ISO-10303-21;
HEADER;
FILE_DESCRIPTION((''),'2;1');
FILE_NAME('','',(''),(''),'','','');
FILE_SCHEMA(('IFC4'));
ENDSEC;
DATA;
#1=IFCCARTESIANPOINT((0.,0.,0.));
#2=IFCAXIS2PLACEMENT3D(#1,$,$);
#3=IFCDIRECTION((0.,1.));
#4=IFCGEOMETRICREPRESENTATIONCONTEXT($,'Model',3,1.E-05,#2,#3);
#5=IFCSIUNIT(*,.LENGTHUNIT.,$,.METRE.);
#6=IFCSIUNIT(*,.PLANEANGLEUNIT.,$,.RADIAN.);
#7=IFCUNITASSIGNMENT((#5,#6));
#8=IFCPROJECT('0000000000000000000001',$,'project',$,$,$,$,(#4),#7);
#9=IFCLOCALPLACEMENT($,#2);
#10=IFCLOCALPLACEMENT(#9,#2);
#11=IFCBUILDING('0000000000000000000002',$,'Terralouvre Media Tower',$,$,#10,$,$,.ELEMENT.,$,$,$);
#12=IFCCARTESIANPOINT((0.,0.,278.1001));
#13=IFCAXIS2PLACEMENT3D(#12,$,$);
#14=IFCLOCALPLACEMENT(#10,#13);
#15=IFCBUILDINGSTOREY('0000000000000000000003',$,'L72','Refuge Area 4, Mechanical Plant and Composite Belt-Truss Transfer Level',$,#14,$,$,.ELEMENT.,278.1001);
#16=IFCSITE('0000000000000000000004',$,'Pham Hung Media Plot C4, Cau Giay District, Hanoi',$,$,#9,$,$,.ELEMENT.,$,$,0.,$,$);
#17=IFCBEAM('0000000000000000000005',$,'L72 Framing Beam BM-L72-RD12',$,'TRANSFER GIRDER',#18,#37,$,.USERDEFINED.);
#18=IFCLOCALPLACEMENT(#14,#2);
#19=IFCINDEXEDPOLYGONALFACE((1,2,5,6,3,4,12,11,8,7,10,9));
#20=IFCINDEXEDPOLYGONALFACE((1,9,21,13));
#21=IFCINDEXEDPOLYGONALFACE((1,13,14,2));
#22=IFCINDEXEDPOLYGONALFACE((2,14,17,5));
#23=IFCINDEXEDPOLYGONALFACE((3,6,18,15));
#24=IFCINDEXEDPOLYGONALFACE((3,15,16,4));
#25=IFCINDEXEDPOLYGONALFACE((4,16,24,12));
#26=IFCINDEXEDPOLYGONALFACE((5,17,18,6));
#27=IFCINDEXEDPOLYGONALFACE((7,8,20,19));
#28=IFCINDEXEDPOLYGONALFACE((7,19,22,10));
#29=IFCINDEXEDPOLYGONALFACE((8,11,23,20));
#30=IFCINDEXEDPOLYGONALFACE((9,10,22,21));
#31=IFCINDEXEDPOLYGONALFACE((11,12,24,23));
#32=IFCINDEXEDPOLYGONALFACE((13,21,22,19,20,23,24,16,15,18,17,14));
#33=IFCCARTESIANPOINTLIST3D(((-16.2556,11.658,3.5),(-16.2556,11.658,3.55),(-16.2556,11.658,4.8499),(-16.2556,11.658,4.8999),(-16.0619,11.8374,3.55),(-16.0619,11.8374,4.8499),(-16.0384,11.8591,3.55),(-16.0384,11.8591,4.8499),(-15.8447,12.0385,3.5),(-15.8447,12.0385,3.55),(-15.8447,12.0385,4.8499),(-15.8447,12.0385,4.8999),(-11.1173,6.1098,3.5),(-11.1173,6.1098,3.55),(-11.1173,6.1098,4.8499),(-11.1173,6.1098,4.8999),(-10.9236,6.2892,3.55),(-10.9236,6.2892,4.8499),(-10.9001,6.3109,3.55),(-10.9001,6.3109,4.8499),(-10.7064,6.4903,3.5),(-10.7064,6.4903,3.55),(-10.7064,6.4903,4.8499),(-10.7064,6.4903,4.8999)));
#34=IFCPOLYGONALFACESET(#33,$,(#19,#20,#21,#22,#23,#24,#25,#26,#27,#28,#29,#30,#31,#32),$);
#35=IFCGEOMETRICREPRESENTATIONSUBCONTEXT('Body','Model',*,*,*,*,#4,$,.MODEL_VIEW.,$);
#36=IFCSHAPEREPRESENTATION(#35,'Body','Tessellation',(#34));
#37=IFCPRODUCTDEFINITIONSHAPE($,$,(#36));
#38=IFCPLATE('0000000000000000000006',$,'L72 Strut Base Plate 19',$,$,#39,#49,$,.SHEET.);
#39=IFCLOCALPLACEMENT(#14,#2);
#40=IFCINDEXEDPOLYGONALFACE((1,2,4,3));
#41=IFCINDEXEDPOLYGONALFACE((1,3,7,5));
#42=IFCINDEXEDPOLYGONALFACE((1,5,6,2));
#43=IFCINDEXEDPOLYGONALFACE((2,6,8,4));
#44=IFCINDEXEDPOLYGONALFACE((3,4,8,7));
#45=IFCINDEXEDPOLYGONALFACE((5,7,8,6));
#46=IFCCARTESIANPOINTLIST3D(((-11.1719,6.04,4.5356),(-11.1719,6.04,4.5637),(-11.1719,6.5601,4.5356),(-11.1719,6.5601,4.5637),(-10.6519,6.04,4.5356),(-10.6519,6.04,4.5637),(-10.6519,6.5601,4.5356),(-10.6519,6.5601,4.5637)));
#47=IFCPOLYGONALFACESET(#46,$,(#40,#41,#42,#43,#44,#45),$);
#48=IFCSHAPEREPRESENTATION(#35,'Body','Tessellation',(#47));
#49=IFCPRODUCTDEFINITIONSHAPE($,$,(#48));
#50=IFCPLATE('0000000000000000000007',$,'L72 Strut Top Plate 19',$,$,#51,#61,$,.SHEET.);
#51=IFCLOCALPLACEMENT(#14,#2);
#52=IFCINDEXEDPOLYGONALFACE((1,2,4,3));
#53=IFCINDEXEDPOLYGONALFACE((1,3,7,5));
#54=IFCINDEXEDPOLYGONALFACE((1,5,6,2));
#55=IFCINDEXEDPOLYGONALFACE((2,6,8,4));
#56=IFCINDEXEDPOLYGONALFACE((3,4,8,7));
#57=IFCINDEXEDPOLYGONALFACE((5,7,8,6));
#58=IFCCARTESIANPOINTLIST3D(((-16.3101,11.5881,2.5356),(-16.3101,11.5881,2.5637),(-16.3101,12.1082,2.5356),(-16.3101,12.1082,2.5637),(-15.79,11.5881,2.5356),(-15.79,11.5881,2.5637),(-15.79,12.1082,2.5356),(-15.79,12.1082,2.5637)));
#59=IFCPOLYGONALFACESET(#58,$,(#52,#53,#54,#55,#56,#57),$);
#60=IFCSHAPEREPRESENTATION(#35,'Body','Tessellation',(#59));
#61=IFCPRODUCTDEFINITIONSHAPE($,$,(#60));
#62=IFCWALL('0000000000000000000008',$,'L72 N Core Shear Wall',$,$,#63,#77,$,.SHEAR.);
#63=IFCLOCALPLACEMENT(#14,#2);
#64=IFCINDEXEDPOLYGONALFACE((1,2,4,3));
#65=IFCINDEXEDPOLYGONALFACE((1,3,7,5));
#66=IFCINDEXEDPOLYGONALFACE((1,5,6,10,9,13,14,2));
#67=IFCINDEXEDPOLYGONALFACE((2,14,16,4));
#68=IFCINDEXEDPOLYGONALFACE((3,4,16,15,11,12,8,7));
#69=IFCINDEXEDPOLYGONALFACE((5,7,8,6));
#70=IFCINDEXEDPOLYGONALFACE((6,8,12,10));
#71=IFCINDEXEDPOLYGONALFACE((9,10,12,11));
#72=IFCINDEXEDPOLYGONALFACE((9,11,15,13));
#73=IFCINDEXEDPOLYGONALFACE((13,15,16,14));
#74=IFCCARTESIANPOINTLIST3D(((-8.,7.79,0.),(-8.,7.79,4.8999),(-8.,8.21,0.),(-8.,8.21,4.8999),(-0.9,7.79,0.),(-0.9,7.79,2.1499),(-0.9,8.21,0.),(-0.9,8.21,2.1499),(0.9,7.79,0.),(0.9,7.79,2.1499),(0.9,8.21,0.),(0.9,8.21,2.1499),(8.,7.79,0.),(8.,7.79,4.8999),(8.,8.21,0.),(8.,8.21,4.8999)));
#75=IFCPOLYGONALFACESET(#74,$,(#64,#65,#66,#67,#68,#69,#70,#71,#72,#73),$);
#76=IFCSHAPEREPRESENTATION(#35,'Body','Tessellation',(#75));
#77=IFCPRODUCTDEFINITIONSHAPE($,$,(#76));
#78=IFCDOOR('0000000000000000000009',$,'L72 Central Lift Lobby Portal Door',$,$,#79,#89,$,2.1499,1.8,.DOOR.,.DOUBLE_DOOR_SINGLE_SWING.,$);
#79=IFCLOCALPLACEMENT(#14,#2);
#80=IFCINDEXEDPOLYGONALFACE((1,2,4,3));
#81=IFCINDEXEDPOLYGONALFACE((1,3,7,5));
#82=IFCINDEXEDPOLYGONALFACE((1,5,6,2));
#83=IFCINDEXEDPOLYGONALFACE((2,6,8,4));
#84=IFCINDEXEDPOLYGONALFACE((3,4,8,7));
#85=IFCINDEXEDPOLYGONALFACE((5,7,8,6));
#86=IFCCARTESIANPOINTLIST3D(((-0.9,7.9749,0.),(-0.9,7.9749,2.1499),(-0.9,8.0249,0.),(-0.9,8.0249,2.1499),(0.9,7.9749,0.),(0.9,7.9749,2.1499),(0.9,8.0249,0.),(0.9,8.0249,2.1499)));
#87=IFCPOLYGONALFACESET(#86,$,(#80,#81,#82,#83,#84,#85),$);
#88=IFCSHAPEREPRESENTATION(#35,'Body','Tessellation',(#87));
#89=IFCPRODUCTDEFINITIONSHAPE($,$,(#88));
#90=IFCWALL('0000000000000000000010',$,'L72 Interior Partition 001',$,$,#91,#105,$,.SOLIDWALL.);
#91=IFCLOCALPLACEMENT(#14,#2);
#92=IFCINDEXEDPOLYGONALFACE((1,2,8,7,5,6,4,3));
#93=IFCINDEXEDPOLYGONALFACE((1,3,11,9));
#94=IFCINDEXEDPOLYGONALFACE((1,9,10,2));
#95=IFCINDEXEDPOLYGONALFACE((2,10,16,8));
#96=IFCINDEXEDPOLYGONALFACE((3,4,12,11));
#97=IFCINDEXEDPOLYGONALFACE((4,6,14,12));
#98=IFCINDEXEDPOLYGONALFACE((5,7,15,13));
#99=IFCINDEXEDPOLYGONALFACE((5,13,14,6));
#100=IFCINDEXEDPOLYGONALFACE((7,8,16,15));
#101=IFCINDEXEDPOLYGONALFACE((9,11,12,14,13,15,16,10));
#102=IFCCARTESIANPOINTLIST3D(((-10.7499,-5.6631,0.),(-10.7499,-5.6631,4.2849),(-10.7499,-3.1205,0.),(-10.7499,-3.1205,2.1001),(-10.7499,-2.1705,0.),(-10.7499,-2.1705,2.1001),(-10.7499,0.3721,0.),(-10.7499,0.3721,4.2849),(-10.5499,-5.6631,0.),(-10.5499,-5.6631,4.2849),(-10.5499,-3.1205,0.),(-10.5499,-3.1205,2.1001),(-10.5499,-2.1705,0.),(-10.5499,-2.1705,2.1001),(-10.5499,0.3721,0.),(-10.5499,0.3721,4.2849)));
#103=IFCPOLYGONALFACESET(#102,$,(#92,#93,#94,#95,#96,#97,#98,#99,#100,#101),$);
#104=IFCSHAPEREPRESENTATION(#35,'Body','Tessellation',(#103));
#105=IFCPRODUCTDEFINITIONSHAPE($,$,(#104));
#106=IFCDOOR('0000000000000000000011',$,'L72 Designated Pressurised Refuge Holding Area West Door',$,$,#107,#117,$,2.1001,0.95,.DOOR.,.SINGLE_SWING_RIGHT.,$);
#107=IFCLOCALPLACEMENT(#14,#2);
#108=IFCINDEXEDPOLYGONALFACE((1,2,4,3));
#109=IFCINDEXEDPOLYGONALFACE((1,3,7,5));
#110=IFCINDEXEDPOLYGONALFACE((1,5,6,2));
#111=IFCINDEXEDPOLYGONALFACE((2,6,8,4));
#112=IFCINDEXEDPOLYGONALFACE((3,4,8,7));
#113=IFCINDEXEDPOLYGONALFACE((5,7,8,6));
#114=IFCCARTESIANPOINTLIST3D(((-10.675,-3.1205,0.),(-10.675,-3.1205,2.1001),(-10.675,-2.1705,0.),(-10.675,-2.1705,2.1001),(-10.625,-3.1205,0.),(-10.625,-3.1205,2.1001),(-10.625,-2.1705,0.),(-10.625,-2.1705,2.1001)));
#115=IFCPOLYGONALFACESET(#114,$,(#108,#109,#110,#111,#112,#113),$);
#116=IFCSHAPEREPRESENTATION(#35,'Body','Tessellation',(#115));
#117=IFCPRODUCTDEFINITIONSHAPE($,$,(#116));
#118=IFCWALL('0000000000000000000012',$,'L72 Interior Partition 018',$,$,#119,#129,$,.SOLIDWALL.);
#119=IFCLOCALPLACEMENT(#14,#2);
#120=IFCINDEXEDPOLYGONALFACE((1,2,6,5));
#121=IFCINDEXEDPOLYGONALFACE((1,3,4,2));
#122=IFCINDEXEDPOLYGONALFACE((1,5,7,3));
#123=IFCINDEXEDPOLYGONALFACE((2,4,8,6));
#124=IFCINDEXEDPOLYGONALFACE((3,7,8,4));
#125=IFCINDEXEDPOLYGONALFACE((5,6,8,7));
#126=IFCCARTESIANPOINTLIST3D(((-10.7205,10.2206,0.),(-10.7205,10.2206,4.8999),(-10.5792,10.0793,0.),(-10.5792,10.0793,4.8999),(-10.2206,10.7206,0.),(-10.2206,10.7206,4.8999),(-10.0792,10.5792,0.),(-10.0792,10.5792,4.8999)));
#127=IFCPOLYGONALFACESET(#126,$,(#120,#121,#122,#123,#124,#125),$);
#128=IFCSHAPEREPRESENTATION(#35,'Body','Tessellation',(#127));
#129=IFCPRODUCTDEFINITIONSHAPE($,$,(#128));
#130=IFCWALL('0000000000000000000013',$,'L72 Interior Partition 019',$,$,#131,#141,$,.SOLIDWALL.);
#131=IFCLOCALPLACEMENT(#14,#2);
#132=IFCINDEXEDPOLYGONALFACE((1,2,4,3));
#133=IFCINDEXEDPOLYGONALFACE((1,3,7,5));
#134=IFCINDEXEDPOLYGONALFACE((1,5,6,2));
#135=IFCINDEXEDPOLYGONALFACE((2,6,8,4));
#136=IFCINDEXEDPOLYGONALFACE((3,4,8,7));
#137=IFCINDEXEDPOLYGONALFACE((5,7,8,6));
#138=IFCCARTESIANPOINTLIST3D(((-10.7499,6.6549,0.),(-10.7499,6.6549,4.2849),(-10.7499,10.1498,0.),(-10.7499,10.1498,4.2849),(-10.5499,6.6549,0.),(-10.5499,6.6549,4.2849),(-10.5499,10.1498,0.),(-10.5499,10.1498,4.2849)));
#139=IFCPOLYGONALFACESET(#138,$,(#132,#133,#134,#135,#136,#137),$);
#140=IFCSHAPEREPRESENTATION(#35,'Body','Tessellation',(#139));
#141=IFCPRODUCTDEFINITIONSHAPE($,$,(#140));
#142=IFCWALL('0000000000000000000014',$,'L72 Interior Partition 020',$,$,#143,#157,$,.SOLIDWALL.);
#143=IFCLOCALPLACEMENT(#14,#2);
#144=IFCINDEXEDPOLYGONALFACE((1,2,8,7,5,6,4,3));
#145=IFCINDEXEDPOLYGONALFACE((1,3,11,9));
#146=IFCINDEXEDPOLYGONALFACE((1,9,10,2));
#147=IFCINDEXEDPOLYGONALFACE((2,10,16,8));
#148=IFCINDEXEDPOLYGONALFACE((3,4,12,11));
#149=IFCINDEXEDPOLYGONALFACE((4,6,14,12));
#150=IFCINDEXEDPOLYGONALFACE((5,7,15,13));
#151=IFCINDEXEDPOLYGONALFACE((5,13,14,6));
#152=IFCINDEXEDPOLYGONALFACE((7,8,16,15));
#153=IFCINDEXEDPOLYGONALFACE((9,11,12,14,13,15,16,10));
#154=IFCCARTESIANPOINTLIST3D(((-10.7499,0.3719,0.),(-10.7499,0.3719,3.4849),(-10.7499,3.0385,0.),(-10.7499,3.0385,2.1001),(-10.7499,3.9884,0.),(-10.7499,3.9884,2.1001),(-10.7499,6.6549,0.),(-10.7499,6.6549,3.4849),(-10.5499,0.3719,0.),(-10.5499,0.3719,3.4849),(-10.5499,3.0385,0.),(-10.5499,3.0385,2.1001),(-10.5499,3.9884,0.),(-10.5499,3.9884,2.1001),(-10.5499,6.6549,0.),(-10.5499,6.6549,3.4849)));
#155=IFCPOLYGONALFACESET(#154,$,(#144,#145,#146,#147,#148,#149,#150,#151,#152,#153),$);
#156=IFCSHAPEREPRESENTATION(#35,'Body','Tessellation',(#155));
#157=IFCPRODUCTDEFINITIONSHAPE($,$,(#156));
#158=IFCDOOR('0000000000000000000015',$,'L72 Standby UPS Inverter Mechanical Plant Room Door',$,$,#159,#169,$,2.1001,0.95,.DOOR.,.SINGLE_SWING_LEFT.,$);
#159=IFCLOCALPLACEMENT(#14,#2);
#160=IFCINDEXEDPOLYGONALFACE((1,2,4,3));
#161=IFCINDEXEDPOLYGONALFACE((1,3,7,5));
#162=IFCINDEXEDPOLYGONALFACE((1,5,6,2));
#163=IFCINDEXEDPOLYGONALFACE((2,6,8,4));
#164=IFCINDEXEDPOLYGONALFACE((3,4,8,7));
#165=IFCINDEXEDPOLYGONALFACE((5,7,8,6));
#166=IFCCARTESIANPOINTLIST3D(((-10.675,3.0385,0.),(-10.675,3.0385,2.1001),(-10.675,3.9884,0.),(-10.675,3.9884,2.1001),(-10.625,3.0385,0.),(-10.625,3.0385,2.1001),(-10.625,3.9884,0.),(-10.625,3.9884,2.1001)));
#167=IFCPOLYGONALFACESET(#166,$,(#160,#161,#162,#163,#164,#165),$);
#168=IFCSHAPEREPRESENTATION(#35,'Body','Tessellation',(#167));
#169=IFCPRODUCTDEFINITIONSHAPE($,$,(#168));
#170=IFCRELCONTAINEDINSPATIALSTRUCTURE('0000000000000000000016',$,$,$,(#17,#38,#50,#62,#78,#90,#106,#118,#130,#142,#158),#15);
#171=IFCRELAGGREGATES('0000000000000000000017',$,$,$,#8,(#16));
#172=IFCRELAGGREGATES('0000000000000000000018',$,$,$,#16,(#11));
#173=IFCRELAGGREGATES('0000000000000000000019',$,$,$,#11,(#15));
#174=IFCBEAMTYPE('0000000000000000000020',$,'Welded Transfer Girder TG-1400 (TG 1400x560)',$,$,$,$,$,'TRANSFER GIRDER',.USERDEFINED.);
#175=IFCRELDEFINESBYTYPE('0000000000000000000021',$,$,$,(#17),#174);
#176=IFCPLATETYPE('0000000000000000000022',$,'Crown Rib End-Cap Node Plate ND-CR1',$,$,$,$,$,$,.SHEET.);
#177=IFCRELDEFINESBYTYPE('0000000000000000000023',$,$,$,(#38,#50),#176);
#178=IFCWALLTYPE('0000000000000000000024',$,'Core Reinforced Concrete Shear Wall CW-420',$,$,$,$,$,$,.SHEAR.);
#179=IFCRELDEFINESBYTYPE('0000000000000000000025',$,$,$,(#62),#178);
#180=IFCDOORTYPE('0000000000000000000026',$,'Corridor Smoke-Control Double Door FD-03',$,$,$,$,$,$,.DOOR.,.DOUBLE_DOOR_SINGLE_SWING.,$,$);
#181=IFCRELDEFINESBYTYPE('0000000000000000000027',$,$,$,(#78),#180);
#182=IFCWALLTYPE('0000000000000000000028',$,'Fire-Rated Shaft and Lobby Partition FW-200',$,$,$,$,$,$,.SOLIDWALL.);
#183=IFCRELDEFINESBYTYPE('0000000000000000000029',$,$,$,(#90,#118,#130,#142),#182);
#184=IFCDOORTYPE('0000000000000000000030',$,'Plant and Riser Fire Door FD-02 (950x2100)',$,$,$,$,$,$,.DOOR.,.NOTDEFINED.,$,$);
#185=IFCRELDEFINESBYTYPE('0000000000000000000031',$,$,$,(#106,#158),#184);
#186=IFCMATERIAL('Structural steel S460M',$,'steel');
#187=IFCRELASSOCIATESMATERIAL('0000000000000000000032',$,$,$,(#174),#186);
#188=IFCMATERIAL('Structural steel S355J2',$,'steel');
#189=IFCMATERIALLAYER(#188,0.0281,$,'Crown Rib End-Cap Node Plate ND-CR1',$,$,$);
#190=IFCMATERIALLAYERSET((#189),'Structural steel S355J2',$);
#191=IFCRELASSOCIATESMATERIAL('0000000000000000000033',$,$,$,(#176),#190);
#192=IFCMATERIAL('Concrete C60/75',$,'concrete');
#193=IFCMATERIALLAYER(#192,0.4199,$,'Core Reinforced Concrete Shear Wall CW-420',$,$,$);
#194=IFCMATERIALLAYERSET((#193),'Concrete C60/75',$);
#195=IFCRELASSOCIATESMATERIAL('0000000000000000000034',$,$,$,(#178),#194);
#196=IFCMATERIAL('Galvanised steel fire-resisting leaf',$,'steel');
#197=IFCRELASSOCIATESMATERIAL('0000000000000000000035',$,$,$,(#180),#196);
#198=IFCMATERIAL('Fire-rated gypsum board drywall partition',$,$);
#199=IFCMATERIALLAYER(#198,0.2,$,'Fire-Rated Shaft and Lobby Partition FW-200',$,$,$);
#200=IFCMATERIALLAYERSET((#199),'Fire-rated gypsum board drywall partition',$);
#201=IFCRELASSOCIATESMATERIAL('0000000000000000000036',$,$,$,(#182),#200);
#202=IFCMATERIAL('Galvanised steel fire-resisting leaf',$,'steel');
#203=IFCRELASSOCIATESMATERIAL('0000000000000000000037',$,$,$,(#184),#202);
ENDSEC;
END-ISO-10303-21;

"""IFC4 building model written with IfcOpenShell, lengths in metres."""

from ifc_helpers import new_model, si_unit, direction, frame, frame_2d, origin, origin_2d, place, context, subcontext, project, spatial, rectangle, i_section, extrude, material, layer, layer_set, material_profile, profile_set, type_object, element, fill, save


model = new_model("IFC4")

# Units and contexts
model_context = context("Model", 3, precision=1e-05, world=origin(), true_north=direction((0.0, 1.0)))
body_context = subcontext(model_context, "Body", "Model", "MODEL_VIEW")
ifc_project = project(units=[si_unit("LENGTHUNIT", "METRE"), si_unit("PLANEANGLEUNIT", "RADIAN")], contexts=[model_context])

# Site, building, storey
site_placement = place(None, origin())
site = spatial("IfcSite", under=ifc_project, at=site_placement, Name="Pham Hung Media Plot C4, Cau Giay District, Hanoi", CompositionType="ELEMENT", RefElevation=0.0)
building_placement = place(site_placement, origin())
building = spatial("IfcBuilding", under=site, at=building_placement, Name="Terralouvre Media Tower", CompositionType="ELEMENT")
storey_placement = place(building_placement, frame((0.0, 0.0, 278.1001)))
storey = spatial("IfcBuildingStorey", under=building, at=storey_placement, Name="L72", Description="Refuge Area 4, Mechanical Plant and Composite Belt-Truss Transfer Level", CompositionType="ELEMENT", Elevation=278.1001)

# Beam
ifc_material_1 = material(Name="Structural steel S460M", Category="steel")
ifc_material_profile_1 = material_profile(ifc_material_1, i_section(OverallWidth=0.5601, OverallDepth=1.3999, WebThickness=0.032, FlangeThickness=0.05, at=origin_2d()), Name="TG 1400x560")
ifc_profile_set_1 = profile_set([ifc_material_profile_1], Name="Structural steel S460M")
beam_type_1 = type_object("IfcBeamType", Name="Welded Transfer Girder TG-1400 (TG 1400x560)", ElementType="TRANSFER GIRDER", PredefinedType="USERDEFINED", material=ifc_profile_set_1)
beam_1_placement = place(storey_placement, frame((-10.9119, 6.3, 4.2), z_axis=(-0.679483, 0.733691, 0.0), x_axis=(-0.733691, -0.679483, 0.0)))
element("IfcBeam", 1, at=beam_1_placement, inside=storey, type_object=beam_type_1, Name="L72 Framing Beam BM-L72-RD12", ObjectType="TRANSFER GIRDER", PredefinedType="USERDEFINED", context=body_context, shape_type="SweptSolid", body=[
    extrude(i_section(OverallWidth=0.5601, OverallDepth=1.3999, WebThickness=0.032, FlangeThickness=0.05, at=origin_2d()), origin(), (0.0, 0.0, 1.0), 7.562),
])

# Plates
ifc_material_2 = material(Name="Structural steel S355J2", Category="steel")
ifc_layer_1 = layer(ifc_material_2, 0.0281, Name="Crown Rib End-Cap Node Plate ND-CR1")
ifc_layer_set_1 = layer_set([ifc_layer_1], Name="Structural steel S355J2")
plate_type = type_object("IfcPlateType", Name="Crown Rib End-Cap Node Plate ND-CR1", PredefinedType="SHEET", material=ifc_layer_set_1)
for number, where, z_axis, x_axis, name in (
    (2, (-10.9119, 6.3, 4.5356), (0.0, 0.0, 1.0), (1.0, 0.0, 0.0), "L72 Strut Base Plate 19"),
    (3, (-16.05, 11.8481, 2.5356), (0.0, 0.0, 1.0), (1.0, 0.0, 0.0), "L72 Strut Top Plate 19"),
):
    element("IfcPlate", number, at=place(storey_placement, frame(where, z_axis=z_axis, x_axis=x_axis)), inside=storey, type_object=plate_type, Name=name, PredefinedType="SHEET", context=body_context, shape_type="SweptSolid", body=[
        extrude(rectangle(XDim=0.52, YDim=0.52, at=origin_2d()), origin(), (0.0, 0.0, 1.0), 0.0281),
    ])

# Walls, openings, doors
ifc_material_3 = material(Name="Concrete C60/75", Category="concrete")
ifc_layer_2 = layer(ifc_material_3, 0.4199, Name="Core Reinforced Concrete Shear Wall CW-420")
ifc_layer_set_2 = layer_set([ifc_layer_2], Name="Concrete C60/75")
wall_type_1 = type_object("IfcWallType", Name="Core Reinforced Concrete Shear Wall CW-420", PredefinedType="SHEAR", material=ifc_layer_set_2)
wall_1_placement = place(storey_placement, frame((-8.0, 8.0, 0.0), z_axis=(0.0, 0.0, 1.0), x_axis=(1.0, 0.0, 0.0)))
wall_1 = element("IfcWall", 4, at=wall_1_placement, inside=storey, type_object=wall_type_1, Name="L72 N Core Shear Wall", PredefinedType="SHEAR", context=body_context, shape_type="SweptSolid", body=[
    extrude(rectangle(XDim=16.0, YDim=0.4199, at=frame_2d((8.0, 0.0))), origin(), (0.0, 0.0, 1.0), 4.8999),
])
opening_1_placement = place(wall_1_placement, frame((7.1001, 0.0, 0.0)))
opening_1 = element("IfcOpeningElement", 5, at=opening_1_placement, cuts=wall_1, PredefinedType="OPENING", context=body_context, shape_type="SweptSolid", body=[
    extrude(rectangle(XDim=1.8, YDim=2.1499, at=frame_2d((0.8999, 1.075))), frame((0.0, 0.22, 0.0), z_axis=(0.0, -1.0, 0.0), x_axis=(1.0, 0.0, 0.0)), (0.0, 0.0, 1.0), 0.4399),
])
ifc_material_4 = material(Name="Galvanised steel fire-resisting leaf", Category="steel")
door_type_1 = type_object("IfcDoorType", Name="Corridor Smoke-Control Double Door FD-03", OperationType="DOUBLE_DOOR_SINGLE_SWING", PredefinedType="DOOR", material=ifc_material_4)
door_1_placement = place(opening_1_placement, origin())
door_1 = element("IfcDoor", 6, at=door_1_placement, inside=storey, type_object=door_type_1, Name="L72 Central Lift Lobby Portal Door", OperationType="DOUBLE_DOOR_SINGLE_SWING", OverallHeight=2.1499, OverallWidth=1.8, PredefinedType="DOOR", context=body_context, shape_type="SweptSolid", body=[
    extrude(rectangle(XDim=1.8, YDim=2.1499, at=frame_2d((0.8999, 1.075))), frame((0.0, 0.0249, 0.0), z_axis=(0.0, -1.0, 0.0), x_axis=(1.0, 0.0, 0.0)), (0.0, 0.0, 1.0), 0.05),
])
fill(opening_1, door_1)
ifc_material_5 = material(Name="Fire-rated gypsum board drywall partition")
ifc_layer_3 = layer(ifc_material_5, 0.2, Name="Fire-Rated Shaft and Lobby Partition FW-200")
ifc_layer_set_3 = layer_set([ifc_layer_3], Name="Fire-rated gypsum board drywall partition")
wall_type_2 = type_object("IfcWallType", Name="Fire-Rated Shaft and Lobby Partition FW-200", PredefinedType="SOLIDWALL", material=ifc_layer_set_3)
wall_2_placement = place(storey_placement, frame((-10.6499, 0.3721, 0.0), z_axis=(0.0, 0.0, 1.0), x_axis=(0.0, -1.0, 0.0)))
wall_2 = element("IfcWall", 7, at=wall_2_placement, inside=storey, type_object=wall_type_2, Name="L72 Interior Partition 001", PredefinedType="SOLIDWALL", context=body_context, shape_type="SweptSolid", body=[
    extrude(rectangle(XDim=6.0352, YDim=0.2, at=frame_2d((3.0176, 0.0))), origin(), (0.0, 0.0, 1.0), 4.2849),
])
opening_2_placement = place(wall_2_placement, frame((2.5425, 0.0, 0.0)))
opening_2 = element("IfcOpeningElement", 8, at=opening_2_placement, cuts=wall_2, PredefinedType="OPENING", context=body_context, shape_type="SweptSolid", body=[
    extrude(rectangle(XDim=0.95, YDim=2.1001, at=frame_2d((0.4751, 1.05))), frame((0.0, 0.1099, 0.0), z_axis=(0.0, -1.0, 0.0), x_axis=(1.0, 0.0, 0.0)), (0.0, 0.0, 1.0), 0.22),
])
ifc_material_6 = material(Name="Galvanised steel fire-resisting leaf", Category="steel")
door_type_2 = type_object("IfcDoorType", Name="Plant and Riser Fire Door FD-02 (950x2100)", OperationType="NOTDEFINED", PredefinedType="DOOR", material=ifc_material_6)
door_2_placement = place(opening_2_placement, origin())
door_2 = element("IfcDoor", 9, at=door_2_placement, inside=storey, type_object=door_type_2, Name="L72 Designated Pressurised Refuge Holding Area West Door", OperationType="SINGLE_SWING_RIGHT", OverallHeight=2.1001, OverallWidth=0.95, PredefinedType="DOOR", context=body_context, shape_type="SweptSolid", body=[
    extrude(rectangle(XDim=0.95, YDim=2.1001, at=frame_2d((0.4751, 1.05))), frame((0.0, 0.0249, 0.0), z_axis=(0.0, -1.0, 0.0), x_axis=(1.0, 0.0, 0.0)), (0.0, 0.0, 1.0), 0.05),
])
fill(opening_2, door_2)

# Walls
wall_3_placement = place(storey_placement, frame((-10.1499, 10.6499, 0.0), z_axis=(0.0, 0.0, 1.0), x_axis=(-0.707107, -0.707107, 0.0)))
element("IfcWall", 10, at=wall_3_placement, inside=storey, type_object=wall_type_2, Name="L72 Interior Partition 018", PredefinedType="SOLIDWALL", context=body_context, shape_type="SweptSolid", body=[
    extrude(rectangle(XDim=0.707, YDim=0.2, at=frame_2d((0.3535, 0.0))), origin(), (0.0, 0.0, 1.0), 4.8999),
])
wall_4_placement = place(storey_placement, frame((-10.6499, 10.1499, 0.0), z_axis=(0.0, 0.0, 1.0), x_axis=(0.0, -1.0, 0.0)))
element("IfcWall", 11, at=wall_4_placement, inside=storey, type_object=wall_type_2, Name="L72 Interior Partition 019", PredefinedType="SOLIDWALL", context=body_context, shape_type="SweptSolid", body=[
    extrude(rectangle(XDim=3.4949, YDim=0.2, at=frame_2d((1.7476, 0.0))), origin(), (0.0, 0.0, 1.0), 4.2849),
])

# Wall, opening, door
wall_5_placement = place(storey_placement, frame((-10.6499, 6.655, 0.0), z_axis=(0.0, 0.0, 1.0), x_axis=(0.0, -1.0, 0.0)))
wall_5 = element("IfcWall", 12, at=wall_5_placement, inside=storey, type_object=wall_type_2, Name="L72 Interior Partition 020", PredefinedType="SOLIDWALL", context=body_context, shape_type="SweptSolid", body=[
    extrude(rectangle(XDim=6.283, YDim=0.2, at=frame_2d((3.1416, 0.0))), origin(), (0.0, 0.0, 1.0), 3.4849),
])
opening_3_placement = place(wall_5_placement, frame((2.6665, 0.0, 0.0)))
opening_3 = element("IfcOpeningElement", 13, at=opening_3_placement, cuts=wall_5, PredefinedType="OPENING", context=body_context, shape_type="SweptSolid", body=[
    extrude(rectangle(XDim=0.95, YDim=2.1001, at=frame_2d((0.4751, 1.05))), frame((0.0, 0.1099, 0.0), z_axis=(0.0, -1.0, 0.0), x_axis=(1.0, 0.0, 0.0)), (0.0, 0.0, 1.0), 0.22),
])
door_3_placement = place(opening_3_placement, origin())
door_3 = element("IfcDoor", 14, at=door_3_placement, inside=storey, type_object=door_type_2, Name="L72 Standby UPS Inverter Mechanical Plant Room Door", OperationType="SINGLE_SWING_LEFT", OverallHeight=2.1001, OverallWidth=0.95, PredefinedType="DOOR", context=body_context, shape_type="SweptSolid", body=[
    extrude(rectangle(XDim=0.95, YDim=2.1001, at=frame_2d((0.4751, 1.05))), frame((0.0, 0.0249, 0.0), z_axis=(0.0, -1.0, 0.0), x_axis=(1.0, 0.0, 0.0)), (0.0, 0.0, 1.0), 0.05),
])
fill(opening_3, door_3)

save(model, "model.ifc")
